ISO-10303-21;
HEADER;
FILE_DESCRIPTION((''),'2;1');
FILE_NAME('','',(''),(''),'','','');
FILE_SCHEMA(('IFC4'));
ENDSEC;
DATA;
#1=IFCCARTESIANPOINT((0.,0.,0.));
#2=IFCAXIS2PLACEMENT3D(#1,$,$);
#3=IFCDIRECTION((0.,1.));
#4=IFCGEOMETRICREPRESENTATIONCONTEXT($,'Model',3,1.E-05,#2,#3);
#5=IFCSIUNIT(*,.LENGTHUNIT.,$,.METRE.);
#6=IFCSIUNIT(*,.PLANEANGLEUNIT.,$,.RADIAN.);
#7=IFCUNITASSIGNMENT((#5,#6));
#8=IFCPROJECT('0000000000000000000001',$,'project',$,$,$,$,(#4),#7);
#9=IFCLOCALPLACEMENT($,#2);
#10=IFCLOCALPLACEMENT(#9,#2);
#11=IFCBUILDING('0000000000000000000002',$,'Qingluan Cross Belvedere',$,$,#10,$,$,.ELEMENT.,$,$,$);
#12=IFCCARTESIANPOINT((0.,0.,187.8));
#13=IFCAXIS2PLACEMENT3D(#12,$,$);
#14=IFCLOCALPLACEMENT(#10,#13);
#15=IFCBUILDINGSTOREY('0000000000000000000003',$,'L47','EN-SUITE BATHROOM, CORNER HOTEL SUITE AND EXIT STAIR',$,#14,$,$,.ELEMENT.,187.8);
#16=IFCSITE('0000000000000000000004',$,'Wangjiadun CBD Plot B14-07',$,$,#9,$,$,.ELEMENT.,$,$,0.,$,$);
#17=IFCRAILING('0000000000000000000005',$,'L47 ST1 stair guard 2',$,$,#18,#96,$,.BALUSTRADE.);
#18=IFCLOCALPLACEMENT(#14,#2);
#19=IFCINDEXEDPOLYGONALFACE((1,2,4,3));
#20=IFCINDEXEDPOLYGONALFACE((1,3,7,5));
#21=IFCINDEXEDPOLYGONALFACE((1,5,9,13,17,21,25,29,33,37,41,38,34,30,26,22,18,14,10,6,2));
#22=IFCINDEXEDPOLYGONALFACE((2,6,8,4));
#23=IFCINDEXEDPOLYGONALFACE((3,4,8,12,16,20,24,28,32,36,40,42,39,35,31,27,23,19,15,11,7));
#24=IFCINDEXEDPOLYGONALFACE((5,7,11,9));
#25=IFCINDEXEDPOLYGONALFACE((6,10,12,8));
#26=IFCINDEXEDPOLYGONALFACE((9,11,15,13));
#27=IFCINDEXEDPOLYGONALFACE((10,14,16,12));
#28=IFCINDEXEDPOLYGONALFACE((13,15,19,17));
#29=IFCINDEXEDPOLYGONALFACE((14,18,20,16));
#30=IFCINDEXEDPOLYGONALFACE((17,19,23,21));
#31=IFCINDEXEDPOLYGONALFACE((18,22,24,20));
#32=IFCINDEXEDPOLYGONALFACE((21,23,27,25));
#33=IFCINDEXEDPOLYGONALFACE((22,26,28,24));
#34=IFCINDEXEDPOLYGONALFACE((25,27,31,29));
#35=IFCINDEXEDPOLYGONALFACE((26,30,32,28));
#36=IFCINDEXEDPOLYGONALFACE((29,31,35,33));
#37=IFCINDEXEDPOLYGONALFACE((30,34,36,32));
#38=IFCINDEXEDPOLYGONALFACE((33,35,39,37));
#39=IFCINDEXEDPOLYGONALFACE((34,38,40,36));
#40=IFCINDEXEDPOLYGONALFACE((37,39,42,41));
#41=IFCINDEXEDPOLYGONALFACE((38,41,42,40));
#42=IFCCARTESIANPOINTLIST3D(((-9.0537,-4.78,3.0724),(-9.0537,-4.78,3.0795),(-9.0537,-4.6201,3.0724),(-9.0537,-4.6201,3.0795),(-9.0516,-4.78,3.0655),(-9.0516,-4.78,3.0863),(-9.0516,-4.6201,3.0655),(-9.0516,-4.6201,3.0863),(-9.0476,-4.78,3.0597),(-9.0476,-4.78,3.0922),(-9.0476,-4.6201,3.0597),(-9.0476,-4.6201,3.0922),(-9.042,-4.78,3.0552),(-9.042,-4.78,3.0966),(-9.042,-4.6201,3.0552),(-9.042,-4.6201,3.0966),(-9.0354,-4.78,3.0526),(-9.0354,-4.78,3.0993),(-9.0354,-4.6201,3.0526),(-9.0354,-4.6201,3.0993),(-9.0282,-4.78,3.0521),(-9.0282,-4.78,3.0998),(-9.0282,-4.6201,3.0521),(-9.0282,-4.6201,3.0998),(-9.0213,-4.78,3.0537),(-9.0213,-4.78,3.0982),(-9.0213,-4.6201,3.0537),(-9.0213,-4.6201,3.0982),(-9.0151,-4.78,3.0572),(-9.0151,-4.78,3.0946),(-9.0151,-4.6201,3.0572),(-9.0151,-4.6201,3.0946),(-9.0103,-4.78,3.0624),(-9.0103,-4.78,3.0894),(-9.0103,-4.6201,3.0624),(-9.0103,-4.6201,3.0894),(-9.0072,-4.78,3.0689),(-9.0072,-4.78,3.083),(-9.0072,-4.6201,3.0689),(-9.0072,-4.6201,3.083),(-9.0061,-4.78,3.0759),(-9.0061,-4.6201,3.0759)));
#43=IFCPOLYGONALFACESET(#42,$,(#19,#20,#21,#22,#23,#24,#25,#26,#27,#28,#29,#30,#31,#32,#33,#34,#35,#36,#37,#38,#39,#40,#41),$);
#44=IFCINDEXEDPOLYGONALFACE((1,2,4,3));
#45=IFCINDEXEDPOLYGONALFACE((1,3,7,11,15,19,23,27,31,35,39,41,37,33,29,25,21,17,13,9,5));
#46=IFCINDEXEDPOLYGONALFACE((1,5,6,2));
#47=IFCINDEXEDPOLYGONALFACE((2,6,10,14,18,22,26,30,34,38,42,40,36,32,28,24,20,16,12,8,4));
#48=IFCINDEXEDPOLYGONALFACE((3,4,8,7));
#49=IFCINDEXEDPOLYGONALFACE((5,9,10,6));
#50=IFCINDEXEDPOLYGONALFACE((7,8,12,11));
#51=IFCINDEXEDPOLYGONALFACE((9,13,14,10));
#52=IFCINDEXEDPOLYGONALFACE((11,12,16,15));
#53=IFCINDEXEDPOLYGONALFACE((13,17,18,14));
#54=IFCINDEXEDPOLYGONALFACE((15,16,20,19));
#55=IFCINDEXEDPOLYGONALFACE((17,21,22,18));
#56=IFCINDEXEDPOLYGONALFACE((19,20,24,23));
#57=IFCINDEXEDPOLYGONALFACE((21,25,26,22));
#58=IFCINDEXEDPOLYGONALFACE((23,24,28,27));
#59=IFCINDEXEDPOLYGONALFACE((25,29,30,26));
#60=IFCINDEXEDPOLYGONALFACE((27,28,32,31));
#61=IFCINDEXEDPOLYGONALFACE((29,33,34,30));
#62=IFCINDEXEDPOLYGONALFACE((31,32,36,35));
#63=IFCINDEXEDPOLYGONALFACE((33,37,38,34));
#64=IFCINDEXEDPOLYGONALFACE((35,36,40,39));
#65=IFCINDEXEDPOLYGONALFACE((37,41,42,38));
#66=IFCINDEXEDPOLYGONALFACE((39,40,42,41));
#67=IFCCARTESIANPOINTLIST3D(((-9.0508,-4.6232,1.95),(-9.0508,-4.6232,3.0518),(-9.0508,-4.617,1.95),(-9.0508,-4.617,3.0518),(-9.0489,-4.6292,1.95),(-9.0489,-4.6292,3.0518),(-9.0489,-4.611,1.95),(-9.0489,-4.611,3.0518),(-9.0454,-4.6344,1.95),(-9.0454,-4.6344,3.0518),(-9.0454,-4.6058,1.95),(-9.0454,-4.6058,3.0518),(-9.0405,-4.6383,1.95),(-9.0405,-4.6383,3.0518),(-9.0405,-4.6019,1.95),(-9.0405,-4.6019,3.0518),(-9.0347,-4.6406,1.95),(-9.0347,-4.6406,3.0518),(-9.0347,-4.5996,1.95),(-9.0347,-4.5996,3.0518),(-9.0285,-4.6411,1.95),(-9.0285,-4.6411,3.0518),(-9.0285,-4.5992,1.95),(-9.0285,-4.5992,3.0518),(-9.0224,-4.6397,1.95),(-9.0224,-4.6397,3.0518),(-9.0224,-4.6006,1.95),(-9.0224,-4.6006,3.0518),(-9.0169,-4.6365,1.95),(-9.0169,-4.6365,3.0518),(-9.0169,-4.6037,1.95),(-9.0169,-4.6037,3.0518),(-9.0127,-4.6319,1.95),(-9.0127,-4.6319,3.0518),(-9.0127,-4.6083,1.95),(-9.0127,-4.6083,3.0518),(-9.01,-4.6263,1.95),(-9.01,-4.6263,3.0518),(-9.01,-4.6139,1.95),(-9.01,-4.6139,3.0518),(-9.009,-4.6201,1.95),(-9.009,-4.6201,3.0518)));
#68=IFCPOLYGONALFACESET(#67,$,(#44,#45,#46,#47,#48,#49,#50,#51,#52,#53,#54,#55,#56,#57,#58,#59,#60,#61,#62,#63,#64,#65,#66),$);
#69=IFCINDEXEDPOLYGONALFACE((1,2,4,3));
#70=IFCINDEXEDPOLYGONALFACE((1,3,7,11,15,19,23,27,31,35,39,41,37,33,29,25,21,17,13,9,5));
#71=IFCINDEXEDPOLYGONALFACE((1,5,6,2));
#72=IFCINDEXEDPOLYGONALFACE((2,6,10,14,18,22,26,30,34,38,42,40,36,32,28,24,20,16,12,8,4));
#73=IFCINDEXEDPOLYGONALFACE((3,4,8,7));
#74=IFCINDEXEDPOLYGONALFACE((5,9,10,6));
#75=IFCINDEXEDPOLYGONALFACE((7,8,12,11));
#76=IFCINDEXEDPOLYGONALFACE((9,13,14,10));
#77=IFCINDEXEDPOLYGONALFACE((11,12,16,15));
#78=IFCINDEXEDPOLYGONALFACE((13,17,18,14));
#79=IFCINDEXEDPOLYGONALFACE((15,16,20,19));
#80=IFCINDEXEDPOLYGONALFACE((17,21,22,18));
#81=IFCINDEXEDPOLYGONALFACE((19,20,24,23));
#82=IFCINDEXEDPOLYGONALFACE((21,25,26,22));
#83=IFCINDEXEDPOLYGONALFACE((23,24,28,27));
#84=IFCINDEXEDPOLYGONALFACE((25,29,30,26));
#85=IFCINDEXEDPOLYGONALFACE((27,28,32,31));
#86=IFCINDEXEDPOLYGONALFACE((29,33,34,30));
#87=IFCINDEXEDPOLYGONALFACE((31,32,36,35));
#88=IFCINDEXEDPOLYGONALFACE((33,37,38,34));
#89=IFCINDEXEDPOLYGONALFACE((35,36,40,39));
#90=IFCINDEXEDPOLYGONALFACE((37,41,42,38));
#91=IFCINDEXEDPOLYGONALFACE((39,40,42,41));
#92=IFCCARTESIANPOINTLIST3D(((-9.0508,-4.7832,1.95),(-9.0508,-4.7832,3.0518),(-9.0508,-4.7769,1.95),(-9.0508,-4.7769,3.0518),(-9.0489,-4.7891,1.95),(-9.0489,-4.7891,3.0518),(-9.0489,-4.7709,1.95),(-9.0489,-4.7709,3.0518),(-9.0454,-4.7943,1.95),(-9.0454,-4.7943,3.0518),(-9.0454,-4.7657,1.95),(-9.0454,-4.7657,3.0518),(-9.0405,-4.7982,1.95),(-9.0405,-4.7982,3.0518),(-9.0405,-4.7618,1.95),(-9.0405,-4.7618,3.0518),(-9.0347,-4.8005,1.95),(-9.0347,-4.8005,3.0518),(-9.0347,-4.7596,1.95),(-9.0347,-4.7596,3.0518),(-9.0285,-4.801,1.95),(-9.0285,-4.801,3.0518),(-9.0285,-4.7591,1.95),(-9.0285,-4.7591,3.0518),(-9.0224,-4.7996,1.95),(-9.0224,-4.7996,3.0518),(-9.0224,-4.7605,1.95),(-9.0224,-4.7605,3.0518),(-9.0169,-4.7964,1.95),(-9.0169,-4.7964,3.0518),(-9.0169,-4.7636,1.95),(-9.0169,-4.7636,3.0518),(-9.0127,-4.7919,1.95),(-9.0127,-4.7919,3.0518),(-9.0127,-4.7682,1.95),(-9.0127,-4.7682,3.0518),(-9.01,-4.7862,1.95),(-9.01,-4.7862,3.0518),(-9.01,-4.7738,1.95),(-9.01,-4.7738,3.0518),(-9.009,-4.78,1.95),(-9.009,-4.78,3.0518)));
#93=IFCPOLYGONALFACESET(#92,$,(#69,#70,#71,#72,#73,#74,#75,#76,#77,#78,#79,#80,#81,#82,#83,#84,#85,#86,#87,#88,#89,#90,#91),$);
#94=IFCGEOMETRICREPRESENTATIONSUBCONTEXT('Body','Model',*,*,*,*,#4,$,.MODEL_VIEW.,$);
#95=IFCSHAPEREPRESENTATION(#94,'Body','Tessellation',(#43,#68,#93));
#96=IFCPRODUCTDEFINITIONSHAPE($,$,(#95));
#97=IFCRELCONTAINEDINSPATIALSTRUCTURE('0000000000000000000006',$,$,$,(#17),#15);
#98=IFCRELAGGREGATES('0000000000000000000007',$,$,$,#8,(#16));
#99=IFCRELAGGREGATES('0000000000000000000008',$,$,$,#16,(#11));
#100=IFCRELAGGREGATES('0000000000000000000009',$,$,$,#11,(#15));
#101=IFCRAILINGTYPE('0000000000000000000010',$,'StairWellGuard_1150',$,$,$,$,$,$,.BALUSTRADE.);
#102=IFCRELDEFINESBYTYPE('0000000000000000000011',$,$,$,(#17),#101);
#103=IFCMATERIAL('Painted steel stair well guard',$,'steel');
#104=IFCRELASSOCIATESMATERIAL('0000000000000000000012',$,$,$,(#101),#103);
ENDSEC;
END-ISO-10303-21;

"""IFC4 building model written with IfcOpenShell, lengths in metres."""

from ifc_helpers import new_model, si_unit, direction, frame, origin, origin_2d, place, context, subcontext, project, spatial, circle, extrude, material, type_object, element, save


model = new_model("IFC4")

# Units and contexts
model_context = context("Model", 3, precision=1e-05, world=origin(), true_north=direction((0.0, 1.0)))
body_context = subcontext(model_context, "Body", "Model", "MODEL_VIEW")
ifc_project = project(units=[si_unit("LENGTHUNIT", "METRE"), si_unit("PLANEANGLEUNIT", "RADIAN")], contexts=[model_context])

# Site, building, storey
site_placement = place(None, origin())
site = spatial("IfcSite", under=ifc_project, at=site_placement, Name="Wangjiadun CBD Plot B14-07", CompositionType="ELEMENT", RefElevation=0.0)
building_placement = place(site_placement, origin())
building = spatial("IfcBuilding", under=site, at=building_placement, Name="Qingluan Cross Belvedere", CompositionType="ELEMENT")
storey_placement = place(building_placement, frame((0.0, 0.0, 187.8)))
storey = spatial("IfcBuildingStorey", under=building, at=storey_placement, Name="L47", Description="EN-SUITE BATHROOM, CORNER HOTEL SUITE AND EXIT STAIR", CompositionType="ELEMENT", Elevation=187.8)

# Railing
ifc_material_1 = material(Name="Painted steel stair well guard", Category="steel")
railing_type_1 = type_object("IfcRailingType", Name="StairWellGuard_1150", PredefinedType="BALUSTRADE", material=ifc_material_1)
railing_1_placement = place(storey_placement, frame((-9.03, -4.6201, 1.95)))
element("IfcRailing", 1, at=railing_1_placement, inside=storey, type_object=railing_type_1, Name="L47 ST1 stair guard 2", PredefinedType="BALUSTRADE", context=body_context, shape_type="SweptSolid", body=[
    extrude(circle(Radius=0.0239, at=origin_2d()), frame((0.0, 0.0, 1.126), z_axis=(0.0, -1.0, 0.0), x_axis=(1.0, 0.0, 0.0)), (0.0, 0.0, 1.0), 0.1599),
    extrude(circle(Radius=0.021, at=origin_2d()), origin(), (0.0, 0.0, 1.0), 1.1018),
    extrude(circle(Radius=0.021, at=origin_2d()), frame((0.0, -0.1599, 0.0)), (0.0, 0.0, 1.0), 1.1018),
])

save(model, "model.ifc")
